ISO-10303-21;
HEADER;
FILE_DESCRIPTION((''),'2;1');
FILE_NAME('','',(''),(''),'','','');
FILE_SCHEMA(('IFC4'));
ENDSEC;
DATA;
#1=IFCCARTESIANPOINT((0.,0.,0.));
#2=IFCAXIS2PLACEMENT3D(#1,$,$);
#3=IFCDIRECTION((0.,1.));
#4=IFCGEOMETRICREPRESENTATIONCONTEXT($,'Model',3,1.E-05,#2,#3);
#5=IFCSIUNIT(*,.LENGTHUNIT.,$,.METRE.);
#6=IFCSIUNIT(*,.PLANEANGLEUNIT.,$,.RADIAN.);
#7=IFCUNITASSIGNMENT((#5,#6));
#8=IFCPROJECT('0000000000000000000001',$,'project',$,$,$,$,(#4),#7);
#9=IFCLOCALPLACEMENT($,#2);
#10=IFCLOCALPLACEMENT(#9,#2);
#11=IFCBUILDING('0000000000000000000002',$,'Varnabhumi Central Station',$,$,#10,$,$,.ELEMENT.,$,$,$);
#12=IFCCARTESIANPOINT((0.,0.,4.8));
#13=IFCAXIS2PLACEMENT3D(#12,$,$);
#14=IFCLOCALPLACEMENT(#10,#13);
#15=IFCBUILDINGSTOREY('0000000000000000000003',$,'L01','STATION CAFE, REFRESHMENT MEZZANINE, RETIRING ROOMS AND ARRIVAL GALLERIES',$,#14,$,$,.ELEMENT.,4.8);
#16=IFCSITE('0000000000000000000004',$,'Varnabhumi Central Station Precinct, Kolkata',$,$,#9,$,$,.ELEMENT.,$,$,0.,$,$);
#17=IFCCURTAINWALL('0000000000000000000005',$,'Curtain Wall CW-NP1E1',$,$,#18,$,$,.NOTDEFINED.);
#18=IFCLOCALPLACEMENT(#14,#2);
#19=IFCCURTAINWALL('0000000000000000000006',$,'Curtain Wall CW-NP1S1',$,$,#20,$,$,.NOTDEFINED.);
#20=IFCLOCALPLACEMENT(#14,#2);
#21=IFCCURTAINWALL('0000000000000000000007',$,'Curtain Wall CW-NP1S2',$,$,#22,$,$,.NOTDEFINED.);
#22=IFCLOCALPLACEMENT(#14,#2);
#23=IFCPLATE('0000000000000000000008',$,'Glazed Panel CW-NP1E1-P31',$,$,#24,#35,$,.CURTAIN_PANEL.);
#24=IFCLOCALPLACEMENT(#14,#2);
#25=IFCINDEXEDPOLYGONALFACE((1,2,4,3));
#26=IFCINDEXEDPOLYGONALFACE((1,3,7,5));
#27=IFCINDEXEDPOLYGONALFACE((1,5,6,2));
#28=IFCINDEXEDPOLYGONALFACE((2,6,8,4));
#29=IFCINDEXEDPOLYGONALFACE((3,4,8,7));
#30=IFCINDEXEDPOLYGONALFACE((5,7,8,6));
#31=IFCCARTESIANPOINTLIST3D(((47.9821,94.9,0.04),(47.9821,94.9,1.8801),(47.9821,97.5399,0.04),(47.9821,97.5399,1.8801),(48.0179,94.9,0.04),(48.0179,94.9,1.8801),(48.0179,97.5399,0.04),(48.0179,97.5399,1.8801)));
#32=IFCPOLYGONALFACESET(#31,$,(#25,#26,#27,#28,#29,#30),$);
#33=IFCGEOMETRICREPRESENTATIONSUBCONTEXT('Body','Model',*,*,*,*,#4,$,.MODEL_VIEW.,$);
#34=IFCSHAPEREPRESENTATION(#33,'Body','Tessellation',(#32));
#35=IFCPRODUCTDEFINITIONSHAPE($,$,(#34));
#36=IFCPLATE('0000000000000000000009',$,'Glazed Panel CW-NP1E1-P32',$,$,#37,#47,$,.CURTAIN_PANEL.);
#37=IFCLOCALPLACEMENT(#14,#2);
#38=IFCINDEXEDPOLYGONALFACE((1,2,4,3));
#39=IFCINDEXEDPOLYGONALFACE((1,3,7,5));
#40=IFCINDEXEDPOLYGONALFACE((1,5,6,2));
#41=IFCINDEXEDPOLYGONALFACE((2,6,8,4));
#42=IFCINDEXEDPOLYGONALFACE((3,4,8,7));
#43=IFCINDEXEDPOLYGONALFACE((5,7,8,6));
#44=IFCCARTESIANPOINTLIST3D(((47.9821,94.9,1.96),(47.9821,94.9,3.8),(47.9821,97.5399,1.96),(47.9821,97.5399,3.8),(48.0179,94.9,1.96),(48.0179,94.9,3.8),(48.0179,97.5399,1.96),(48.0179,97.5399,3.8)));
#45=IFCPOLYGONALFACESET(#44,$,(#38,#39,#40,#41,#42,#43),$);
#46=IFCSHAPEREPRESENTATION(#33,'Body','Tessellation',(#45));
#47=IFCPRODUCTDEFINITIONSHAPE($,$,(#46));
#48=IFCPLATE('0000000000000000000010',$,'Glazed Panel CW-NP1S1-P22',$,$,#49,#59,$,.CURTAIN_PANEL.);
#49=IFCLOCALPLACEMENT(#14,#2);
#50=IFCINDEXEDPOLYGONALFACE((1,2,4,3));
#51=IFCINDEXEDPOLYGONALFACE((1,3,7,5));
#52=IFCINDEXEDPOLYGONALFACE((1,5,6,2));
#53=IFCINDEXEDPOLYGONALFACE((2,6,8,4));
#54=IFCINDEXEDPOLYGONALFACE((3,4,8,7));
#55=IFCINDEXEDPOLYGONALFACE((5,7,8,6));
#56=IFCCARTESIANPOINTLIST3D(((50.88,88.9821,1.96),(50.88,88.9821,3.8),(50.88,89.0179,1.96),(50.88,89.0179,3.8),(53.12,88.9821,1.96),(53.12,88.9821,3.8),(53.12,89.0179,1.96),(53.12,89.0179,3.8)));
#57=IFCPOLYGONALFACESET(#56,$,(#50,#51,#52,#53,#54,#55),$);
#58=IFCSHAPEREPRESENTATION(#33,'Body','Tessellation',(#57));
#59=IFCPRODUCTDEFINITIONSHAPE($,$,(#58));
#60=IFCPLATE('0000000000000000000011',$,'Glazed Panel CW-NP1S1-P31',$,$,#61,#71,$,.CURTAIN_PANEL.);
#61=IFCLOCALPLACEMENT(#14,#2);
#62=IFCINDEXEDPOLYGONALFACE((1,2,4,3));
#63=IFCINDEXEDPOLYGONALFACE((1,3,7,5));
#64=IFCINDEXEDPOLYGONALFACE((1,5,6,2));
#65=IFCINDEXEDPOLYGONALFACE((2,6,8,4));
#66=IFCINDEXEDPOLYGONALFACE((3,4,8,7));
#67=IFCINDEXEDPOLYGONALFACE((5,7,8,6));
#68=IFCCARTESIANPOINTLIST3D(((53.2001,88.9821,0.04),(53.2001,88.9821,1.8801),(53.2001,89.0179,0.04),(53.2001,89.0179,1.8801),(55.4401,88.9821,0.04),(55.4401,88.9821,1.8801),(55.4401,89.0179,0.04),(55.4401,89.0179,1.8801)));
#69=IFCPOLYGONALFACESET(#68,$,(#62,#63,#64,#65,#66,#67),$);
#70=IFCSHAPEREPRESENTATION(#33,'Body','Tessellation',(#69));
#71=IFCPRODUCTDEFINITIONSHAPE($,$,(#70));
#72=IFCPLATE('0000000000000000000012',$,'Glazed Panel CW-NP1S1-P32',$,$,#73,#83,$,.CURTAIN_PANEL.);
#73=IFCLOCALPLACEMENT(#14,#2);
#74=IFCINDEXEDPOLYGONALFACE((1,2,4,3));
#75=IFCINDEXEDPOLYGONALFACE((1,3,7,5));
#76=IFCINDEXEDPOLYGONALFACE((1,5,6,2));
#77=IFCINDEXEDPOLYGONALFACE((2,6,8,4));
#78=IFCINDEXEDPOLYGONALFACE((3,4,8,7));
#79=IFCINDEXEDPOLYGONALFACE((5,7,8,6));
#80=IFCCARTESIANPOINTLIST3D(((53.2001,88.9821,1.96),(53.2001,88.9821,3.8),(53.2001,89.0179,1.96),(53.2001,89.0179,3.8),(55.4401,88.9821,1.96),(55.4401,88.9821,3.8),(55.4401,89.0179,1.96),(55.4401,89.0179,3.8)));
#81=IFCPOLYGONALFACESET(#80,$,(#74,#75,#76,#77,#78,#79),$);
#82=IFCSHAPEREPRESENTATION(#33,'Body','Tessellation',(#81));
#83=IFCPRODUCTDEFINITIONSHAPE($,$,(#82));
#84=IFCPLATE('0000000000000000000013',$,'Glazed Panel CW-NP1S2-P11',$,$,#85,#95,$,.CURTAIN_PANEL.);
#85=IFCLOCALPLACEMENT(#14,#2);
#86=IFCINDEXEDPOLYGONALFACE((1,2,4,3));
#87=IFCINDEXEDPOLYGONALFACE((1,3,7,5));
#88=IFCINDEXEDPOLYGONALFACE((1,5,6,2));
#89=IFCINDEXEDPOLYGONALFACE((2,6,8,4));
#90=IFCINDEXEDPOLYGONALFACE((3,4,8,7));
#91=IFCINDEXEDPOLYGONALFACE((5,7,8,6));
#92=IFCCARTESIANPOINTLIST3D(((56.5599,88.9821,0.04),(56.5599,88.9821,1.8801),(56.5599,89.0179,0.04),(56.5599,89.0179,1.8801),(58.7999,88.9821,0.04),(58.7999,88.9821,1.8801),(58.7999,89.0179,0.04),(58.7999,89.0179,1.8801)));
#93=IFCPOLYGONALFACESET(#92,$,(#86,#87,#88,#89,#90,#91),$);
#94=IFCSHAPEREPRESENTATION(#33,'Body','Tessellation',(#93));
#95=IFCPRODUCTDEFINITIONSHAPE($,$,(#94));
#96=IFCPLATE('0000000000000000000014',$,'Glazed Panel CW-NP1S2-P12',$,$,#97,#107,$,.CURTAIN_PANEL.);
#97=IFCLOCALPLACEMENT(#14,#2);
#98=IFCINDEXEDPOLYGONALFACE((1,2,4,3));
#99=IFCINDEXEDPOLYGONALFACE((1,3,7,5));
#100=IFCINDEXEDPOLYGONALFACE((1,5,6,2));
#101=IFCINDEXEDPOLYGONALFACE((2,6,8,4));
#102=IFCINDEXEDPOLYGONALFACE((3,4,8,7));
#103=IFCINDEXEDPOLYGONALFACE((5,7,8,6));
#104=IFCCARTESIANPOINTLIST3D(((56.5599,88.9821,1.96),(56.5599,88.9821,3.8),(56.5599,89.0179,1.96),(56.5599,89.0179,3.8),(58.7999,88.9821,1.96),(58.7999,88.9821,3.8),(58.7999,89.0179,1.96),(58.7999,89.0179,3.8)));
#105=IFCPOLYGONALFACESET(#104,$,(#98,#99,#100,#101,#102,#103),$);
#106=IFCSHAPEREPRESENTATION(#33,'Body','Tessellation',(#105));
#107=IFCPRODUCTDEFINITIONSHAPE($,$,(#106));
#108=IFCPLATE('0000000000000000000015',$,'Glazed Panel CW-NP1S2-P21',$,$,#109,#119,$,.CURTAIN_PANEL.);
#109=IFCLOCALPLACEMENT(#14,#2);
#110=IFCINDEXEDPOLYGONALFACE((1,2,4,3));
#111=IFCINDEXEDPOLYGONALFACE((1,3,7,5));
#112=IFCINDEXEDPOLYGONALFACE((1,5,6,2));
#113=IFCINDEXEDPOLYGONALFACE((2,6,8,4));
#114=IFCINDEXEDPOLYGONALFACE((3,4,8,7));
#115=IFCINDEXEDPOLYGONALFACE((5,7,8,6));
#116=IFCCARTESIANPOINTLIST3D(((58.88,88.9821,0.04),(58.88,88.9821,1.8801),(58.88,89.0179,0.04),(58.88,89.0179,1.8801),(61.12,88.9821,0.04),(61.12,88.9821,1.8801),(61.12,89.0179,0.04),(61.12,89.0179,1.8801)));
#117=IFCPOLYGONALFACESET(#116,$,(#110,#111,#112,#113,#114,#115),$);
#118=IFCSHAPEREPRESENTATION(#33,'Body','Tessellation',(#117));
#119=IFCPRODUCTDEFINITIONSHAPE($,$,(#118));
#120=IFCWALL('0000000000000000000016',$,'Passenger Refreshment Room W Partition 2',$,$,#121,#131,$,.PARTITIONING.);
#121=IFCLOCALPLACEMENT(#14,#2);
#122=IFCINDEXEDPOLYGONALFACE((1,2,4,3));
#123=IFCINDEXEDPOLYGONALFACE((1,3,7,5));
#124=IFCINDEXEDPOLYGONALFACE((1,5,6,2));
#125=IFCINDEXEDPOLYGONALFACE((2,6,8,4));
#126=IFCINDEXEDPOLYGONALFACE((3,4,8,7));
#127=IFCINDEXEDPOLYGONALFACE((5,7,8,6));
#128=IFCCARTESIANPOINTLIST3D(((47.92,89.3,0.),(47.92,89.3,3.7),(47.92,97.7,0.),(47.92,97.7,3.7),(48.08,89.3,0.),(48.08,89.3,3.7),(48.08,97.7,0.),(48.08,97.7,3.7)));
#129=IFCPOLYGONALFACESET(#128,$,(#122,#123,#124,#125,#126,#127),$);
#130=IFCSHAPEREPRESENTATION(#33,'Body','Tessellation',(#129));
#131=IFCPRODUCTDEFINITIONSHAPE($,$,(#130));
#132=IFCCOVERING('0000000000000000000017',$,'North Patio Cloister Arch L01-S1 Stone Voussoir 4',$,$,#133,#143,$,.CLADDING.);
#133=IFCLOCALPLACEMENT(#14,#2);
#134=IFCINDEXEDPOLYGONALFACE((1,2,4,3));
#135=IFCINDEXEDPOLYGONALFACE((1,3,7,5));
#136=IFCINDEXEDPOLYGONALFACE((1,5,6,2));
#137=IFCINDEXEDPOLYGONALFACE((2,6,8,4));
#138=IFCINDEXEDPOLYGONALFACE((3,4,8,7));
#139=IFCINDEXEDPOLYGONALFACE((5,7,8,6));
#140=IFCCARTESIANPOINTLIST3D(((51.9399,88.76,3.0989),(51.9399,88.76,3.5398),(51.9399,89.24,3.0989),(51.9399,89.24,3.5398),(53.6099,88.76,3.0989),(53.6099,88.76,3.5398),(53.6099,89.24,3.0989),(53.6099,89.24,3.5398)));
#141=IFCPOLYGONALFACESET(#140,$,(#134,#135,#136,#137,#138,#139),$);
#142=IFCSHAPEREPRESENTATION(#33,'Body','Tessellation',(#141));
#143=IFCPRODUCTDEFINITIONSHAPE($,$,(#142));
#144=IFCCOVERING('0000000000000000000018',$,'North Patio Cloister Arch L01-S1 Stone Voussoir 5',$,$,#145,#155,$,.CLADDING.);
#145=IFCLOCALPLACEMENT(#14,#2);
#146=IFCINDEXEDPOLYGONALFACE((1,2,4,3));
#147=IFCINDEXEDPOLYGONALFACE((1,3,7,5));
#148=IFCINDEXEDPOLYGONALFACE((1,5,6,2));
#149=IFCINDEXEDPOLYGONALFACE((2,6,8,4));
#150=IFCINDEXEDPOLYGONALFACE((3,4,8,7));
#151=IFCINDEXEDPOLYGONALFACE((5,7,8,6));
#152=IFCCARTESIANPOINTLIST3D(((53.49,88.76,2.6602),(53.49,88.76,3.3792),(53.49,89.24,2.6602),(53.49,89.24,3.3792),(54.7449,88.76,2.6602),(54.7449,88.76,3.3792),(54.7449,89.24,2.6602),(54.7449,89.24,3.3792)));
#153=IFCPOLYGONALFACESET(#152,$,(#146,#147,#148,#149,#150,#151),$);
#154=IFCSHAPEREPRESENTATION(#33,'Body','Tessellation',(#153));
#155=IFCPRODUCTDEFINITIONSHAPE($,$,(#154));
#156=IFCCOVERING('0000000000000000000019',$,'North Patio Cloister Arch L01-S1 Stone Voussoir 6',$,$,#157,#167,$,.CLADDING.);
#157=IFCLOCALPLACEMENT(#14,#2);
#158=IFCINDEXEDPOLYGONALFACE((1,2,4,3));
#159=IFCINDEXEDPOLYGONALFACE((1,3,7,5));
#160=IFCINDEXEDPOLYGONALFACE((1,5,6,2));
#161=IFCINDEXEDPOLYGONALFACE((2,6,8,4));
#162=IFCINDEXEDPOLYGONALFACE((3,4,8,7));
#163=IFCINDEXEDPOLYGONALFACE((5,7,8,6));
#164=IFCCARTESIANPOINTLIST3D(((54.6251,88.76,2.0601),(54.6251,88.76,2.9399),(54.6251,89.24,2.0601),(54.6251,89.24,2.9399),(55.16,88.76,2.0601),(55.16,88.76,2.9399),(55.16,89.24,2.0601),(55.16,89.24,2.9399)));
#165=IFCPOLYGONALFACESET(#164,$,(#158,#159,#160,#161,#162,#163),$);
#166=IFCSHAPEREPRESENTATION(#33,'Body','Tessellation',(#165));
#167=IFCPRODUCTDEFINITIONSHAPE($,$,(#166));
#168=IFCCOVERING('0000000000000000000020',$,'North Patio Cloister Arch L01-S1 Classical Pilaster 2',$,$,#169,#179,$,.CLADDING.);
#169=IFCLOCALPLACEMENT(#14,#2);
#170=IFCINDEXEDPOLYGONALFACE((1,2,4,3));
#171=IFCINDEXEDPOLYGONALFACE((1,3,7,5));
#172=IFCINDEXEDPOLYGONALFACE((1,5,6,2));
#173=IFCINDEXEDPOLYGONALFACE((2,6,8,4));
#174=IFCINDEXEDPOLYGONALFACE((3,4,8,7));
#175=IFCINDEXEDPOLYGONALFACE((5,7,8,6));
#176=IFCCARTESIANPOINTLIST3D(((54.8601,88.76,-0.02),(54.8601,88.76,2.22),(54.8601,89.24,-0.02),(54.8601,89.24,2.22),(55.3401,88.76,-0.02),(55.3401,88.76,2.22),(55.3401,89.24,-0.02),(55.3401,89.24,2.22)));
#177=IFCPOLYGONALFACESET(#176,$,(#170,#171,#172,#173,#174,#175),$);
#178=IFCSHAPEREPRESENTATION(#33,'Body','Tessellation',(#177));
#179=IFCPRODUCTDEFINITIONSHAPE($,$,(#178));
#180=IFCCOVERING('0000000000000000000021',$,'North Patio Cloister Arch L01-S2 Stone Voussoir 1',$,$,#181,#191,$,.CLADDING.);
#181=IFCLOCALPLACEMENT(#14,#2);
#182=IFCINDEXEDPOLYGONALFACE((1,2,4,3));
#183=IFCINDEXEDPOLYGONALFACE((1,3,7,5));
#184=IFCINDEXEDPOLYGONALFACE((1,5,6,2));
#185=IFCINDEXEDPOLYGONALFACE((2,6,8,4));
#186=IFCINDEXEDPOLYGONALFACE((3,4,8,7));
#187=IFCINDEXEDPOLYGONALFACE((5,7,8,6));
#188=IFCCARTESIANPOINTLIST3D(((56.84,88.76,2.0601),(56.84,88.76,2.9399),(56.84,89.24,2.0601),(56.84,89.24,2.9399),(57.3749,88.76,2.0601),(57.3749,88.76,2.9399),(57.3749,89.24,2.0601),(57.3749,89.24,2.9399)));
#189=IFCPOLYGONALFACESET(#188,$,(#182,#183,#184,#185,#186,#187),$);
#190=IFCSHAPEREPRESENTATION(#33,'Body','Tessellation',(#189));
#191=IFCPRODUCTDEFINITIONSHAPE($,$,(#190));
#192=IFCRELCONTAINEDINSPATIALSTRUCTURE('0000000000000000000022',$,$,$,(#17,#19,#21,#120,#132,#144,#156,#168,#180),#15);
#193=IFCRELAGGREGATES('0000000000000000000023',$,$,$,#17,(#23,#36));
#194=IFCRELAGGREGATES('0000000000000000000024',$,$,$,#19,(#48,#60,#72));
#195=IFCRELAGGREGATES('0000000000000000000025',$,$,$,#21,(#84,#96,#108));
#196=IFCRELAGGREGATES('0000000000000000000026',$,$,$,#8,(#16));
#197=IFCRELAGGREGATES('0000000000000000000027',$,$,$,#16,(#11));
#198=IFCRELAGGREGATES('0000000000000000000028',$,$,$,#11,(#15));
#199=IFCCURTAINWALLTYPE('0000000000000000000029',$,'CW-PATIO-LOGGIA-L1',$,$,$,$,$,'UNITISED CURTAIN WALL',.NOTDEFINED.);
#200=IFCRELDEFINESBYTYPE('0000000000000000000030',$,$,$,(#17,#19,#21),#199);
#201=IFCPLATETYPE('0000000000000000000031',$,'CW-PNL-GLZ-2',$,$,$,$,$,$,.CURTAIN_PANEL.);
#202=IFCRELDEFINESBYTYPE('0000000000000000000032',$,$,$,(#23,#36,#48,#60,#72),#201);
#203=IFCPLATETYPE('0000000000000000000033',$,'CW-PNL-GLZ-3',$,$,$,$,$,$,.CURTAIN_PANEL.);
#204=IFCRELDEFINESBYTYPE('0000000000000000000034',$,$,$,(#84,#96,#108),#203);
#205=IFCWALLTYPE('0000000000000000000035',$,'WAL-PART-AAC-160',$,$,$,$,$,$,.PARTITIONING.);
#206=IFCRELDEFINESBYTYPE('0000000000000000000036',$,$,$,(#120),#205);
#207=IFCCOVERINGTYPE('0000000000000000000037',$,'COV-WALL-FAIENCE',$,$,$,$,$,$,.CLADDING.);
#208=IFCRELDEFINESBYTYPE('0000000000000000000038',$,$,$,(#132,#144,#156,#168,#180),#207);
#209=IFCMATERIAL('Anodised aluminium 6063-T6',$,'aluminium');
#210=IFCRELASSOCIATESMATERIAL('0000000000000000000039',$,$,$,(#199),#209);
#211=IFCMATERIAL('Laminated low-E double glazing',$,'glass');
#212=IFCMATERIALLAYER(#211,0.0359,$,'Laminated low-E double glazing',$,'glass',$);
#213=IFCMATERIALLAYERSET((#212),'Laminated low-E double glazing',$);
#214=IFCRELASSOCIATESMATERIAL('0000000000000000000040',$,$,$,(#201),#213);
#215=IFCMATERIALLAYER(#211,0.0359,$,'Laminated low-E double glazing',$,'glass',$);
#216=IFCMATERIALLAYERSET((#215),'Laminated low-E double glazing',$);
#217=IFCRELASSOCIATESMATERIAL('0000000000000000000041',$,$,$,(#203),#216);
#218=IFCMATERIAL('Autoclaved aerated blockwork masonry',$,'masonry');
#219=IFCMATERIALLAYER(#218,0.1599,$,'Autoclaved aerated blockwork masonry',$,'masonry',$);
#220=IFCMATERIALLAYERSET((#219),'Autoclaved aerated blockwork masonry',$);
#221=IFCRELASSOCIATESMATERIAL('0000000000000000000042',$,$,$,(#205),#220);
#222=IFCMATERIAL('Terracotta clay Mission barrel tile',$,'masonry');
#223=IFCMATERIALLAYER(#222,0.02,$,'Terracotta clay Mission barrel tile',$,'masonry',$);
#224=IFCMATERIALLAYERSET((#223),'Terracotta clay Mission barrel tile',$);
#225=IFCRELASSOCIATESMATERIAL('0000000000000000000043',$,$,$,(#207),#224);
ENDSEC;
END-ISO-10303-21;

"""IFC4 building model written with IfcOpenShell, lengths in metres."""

from ifc_helpers import new_model, si_unit, direction, frame, frame_2d, origin, origin_2d, place, context, subcontext, project, spatial, rectangle, extrude, material, layer, layer_set, type_object, element, aggregate, save


model = new_model("IFC4")

# Units and contexts
model_context = context("Model", 3, precision=1e-05, world=origin(), true_north=direction((0.0, 1.0)))
body_context = subcontext(model_context, "Body", "Model", "MODEL_VIEW")
ifc_project = project(units=[si_unit("LENGTHUNIT", "METRE"), si_unit("PLANEANGLEUNIT", "RADIAN")], contexts=[model_context])

# Site, building, storey
site_placement = place(None, origin())
site = spatial("IfcSite", under=ifc_project, at=site_placement, Name="Varnabhumi Central Station Precinct, Kolkata", CompositionType="ELEMENT", RefElevation=0.0)
building_placement = place(site_placement, origin())
building = spatial("IfcBuilding", under=site, at=building_placement, Name="Varnabhumi Central Station", CompositionType="ELEMENT")
storey_placement = place(building_placement, frame((0.0, 0.0, 4.8)))
storey = spatial("IfcBuildingStorey", under=building, at=storey_placement, Name="L01", Description="STATION CAFE, REFRESHMENT MEZZANINE, RETIRING ROOMS AND ARRIVAL GALLERIES", CompositionType="ELEMENT", Elevation=4.8)

# Curtain wall
ifc_material_1 = material(Name="Anodised aluminium 6063-T6", Category="aluminium")
curtain_wall_type = type_object("IfcCurtainWallType", Name="CW-PATIO-LOGGIA-L1", ElementType="UNITISED CURTAIN WALL", PredefinedType="NOTDEFINED", material=ifc_material_1)
curtain_wall_1_placement = place(storey_placement, origin())
curtain_wall_1 = element("IfcCurtainWall", 1, at=curtain_wall_1_placement, inside=storey, type_object=curtain_wall_type, Name="Curtain Wall CW-NP1E1", PredefinedType="NOTDEFINED")

# Curtain walls
curtain_wall_2_placement = place(storey_placement, origin())
curtain_wall_2 = element("IfcCurtainWall", 2, at=curtain_wall_2_placement, inside=storey, type_object=curtain_wall_type, Name="Curtain Wall CW-NP1S1", PredefinedType="NOTDEFINED")
curtain_wall_3_placement = place(storey_placement, origin())
curtain_wall_3 = element("IfcCurtainWall", 3, at=curtain_wall_3_placement, inside=storey, type_object=curtain_wall_type, Name="Curtain Wall CW-NP1S2", PredefinedType="NOTDEFINED")

# Plates
ifc_material_2 = material(Name="Laminated low-E double glazing", Category="glass")
ifc_layer_1 = layer(ifc_material_2, 0.0359, Name="Laminated low-E double glazing", Category="glass")
ifc_layer_set_1 = layer_set([ifc_layer_1], Name="Laminated low-E double glazing")
plate_type_1 = type_object("IfcPlateType", Name="CW-PNL-GLZ-2", PredefinedType="CURTAIN_PANEL", material=ifc_layer_set_1)
plate_1_placement = place(storey_placement, frame((48.0, 96.22, 0.04), z_axis=(0.0, 0.0, 1.0), x_axis=(0.0, 1.0, 0.0)))
plate_1 = element("IfcPlate", 4, at=plate_1_placement, type_object=plate_type_1, Name="Glazed Panel CW-NP1E1-P31", PredefinedType="CURTAIN_PANEL", context=body_context, shape_type="SweptSolid", body=[
    extrude(rectangle(XDim=2.6399, YDim=0.0359, at=origin_2d()), origin(), (0.0, 0.0, 1.0), 1.8401),
])
plate_2_placement = place(storey_placement, frame((48.0, 96.22, 1.96), z_axis=(0.0, 0.0, 1.0), x_axis=(0.0, 1.0, 0.0)))
plate_2 = element("IfcPlate", 5, at=plate_2_placement, type_object=plate_type_1, Name="Glazed Panel CW-NP1E1-P32", PredefinedType="CURTAIN_PANEL", context=body_context, shape_type="SweptSolid", body=[
    extrude(rectangle(XDim=2.6399, YDim=0.0359, at=origin_2d()), origin(), (0.0, 0.0, 1.0), 1.8401),
])
aggregate(curtain_wall_1, [plate_1, plate_2])
plate_3_placement = place(storey_placement, frame((52.0, 89.0, 1.96), z_axis=(0.0, 0.0, 1.0), x_axis=(1.0, 0.0, 0.0)))
plate_3 = element("IfcPlate", 6, at=plate_3_placement, type_object=plate_type_1, Name="Glazed Panel CW-NP1S1-P22", PredefinedType="CURTAIN_PANEL", context=body_context, shape_type="SweptSolid", body=[
    extrude(rectangle(XDim=2.24, YDim=0.0359, at=origin_2d()), origin(), (0.0, 0.0, 1.0), 1.8401),
])
plate_4_placement = place(storey_placement, frame((54.3201, 89.0, 0.04), z_axis=(0.0, 0.0, 1.0), x_axis=(1.0, 0.0, 0.0)))
plate_4 = element("IfcPlate", 7, at=plate_4_placement, type_object=plate_type_1, Name="Glazed Panel CW-NP1S1-P31", PredefinedType="CURTAIN_PANEL", context=body_context, shape_type="SweptSolid", body=[
    extrude(rectangle(XDim=2.24, YDim=0.0359, at=origin_2d()), origin(), (0.0, 0.0, 1.0), 1.8401),
])
plate_5_placement = place(storey_placement, frame((54.3201, 89.0, 1.96), z_axis=(0.0, 0.0, 1.0), x_axis=(1.0, 0.0, 0.0)))
plate_5 = element("IfcPlate", 8, at=plate_5_placement, type_object=plate_type_1, Name="Glazed Panel CW-NP1S1-P32", PredefinedType="CURTAIN_PANEL", context=body_context, shape_type="SweptSolid", body=[
    extrude(rectangle(XDim=2.24, YDim=0.0359, at=origin_2d()), origin(), (0.0, 0.0, 1.0), 1.8401),
])
aggregate(curtain_wall_2, [plate_3, plate_4, plate_5])
ifc_layer_2 = layer(ifc_material_2, 0.0359, Name="Laminated low-E double glazing", Category="glass")
ifc_layer_set_2 = layer_set([ifc_layer_2], Name="Laminated low-E double glazing")
plate_type_2 = type_object("IfcPlateType", Name="CW-PNL-GLZ-3", PredefinedType="CURTAIN_PANEL", material=ifc_layer_set_2)
plate_6_placement = place(storey_placement, frame((57.6799, 89.0, 0.04), z_axis=(0.0, 0.0, 1.0), x_axis=(1.0, 0.0, 0.0)))
plate_6 = element("IfcPlate", 9, at=plate_6_placement, type_object=plate_type_2, Name="Glazed Panel CW-NP1S2-P11", PredefinedType="CURTAIN_PANEL", context=body_context, shape_type="SweptSolid", body=[
    extrude(rectangle(XDim=2.24, YDim=0.0359, at=origin_2d()), origin(), (0.0, 0.0, 1.0), 1.8401),
])
plate_7_placement = place(storey_placement, frame((57.6799, 89.0, 1.96), z_axis=(0.0, 0.0, 1.0), x_axis=(1.0, 0.0, 0.0)))
plate_7 = element("IfcPlate", 10, at=plate_7_placement, type_object=plate_type_2, Name="Glazed Panel CW-NP1S2-P12", PredefinedType="CURTAIN_PANEL", context=body_context, shape_type="SweptSolid", body=[
    extrude(rectangle(XDim=2.24, YDim=0.0359, at=origin_2d()), origin(), (0.0, 0.0, 1.0), 1.8401),
])
plate_8_placement = place(storey_placement, frame((60.0, 89.0, 0.04), z_axis=(0.0, 0.0, 1.0), x_axis=(1.0, 0.0, 0.0)))
plate_8 = element("IfcPlate", 11, at=plate_8_placement, type_object=plate_type_2, Name="Glazed Panel CW-NP1S2-P21", PredefinedType="CURTAIN_PANEL", context=body_context, shape_type="SweptSolid", body=[
    extrude(rectangle(XDim=2.24, YDim=0.0359, at=origin_2d()), origin(), (0.0, 0.0, 1.0), 1.8401),
])
aggregate(curtain_wall_3, [plate_6, plate_7, plate_8])

# Wall
ifc_material_3 = material(Name="Autoclaved aerated blockwork masonry", Category="masonry")
ifc_layer_3 = layer(ifc_material_3, 0.1599, Name="Autoclaved aerated blockwork masonry", Category="masonry")
ifc_layer_set_3 = layer_set([ifc_layer_3], Name="Autoclaved aerated blockwork masonry")
wall_type = type_object("IfcWallType", Name="WAL-PART-AAC-160", PredefinedType="PARTITIONING", material=ifc_layer_set_3)
wall_placement = place(storey_placement, frame((48.0, 89.3, 0.0), z_axis=(0.0, 0.0, 1.0), x_axis=(0.0, 1.0, 0.0)))
element("IfcWall", 12, at=wall_placement, inside=storey, type_object=wall_type, Name="Passenger Refreshment Room W Partition 2", PredefinedType="PARTITIONING", context=body_context, shape_type="SweptSolid", body=[
    extrude(rectangle(XDim=8.3999, YDim=0.1599, at=frame_2d((4.2, 0.0))), origin(), (0.0, 0.0, 1.0), 3.7),
])

# Coverings
ifc_material_4 = material(Name="Terracotta clay Mission barrel tile", Category="masonry")
ifc_layer_4 = layer(ifc_material_4, 0.02, Name="Terracotta clay Mission barrel tile", Category="masonry")
ifc_layer_set_4 = layer_set([ifc_layer_4], Name="Terracotta clay Mission barrel tile")
covering_type = type_object("IfcCoveringType", Name="COV-WALL-FAIENCE", PredefinedType="CLADDING", material=ifc_layer_set_4)
covering_1_placement = place(storey_placement, frame((52.7749, 89.0, 3.0989), z_axis=(0.0, 0.0, 1.0), x_axis=(1.0, 0.0, 0.0)))
element("IfcCovering", 13, at=covering_1_placement, inside=storey, type_object=covering_type, Name="North Patio Cloister Arch L01-S1 Stone Voussoir 4", PredefinedType="CLADDING", context=body_context, shape_type="SweptSolid", body=[
    extrude(rectangle(XDim=1.6699, YDim=0.48, at=origin_2d()), origin(), (0.0, 0.0, 1.0), 0.4409),
])
covering_2_placement = place(storey_placement, frame((54.1174, 89.0, 2.6602), z_axis=(0.0, 0.0, 1.0), x_axis=(1.0, 0.0, 0.0)))
element("IfcCovering", 14, at=covering_2_placement, inside=storey, type_object=covering_type, Name="North Patio Cloister Arch L01-S1 Stone Voussoir 5", PredefinedType="CLADDING", context=body_context, shape_type="SweptSolid", body=[
    extrude(rectangle(XDim=1.2549, YDim=0.48, at=origin_2d()), origin(), (0.0, 0.0, 1.0), 0.719),
])
covering_3_placement = place(storey_placement, frame((54.8926, 89.0, 2.0601), z_axis=(0.0, 0.0, 1.0), x_axis=(1.0, 0.0, 0.0)))
element("IfcCovering", 15, at=covering_3_placement, inside=storey, type_object=covering_type, Name="North Patio Cloister Arch L01-S1 Stone Voussoir 6", PredefinedType="CLADDING", context=body_context, shape_type="SweptSolid", body=[
    extrude(rectangle(XDim=0.5349, YDim=0.48, at=origin_2d()), origin(), (0.0, 0.0, 1.0), 0.8799),
])
covering_4_placement = place(storey_placement, frame((55.1001, 89.0, -0.02), z_axis=(0.0, 0.0, 1.0), x_axis=(1.0, 0.0, 0.0)))
element("IfcCovering", 16, at=covering_4_placement, inside=storey, type_object=covering_type, Name="North Patio Cloister Arch L01-S1 Classical Pilaster 2", PredefinedType="CLADDING", context=body_context, shape_type="SweptSolid", body=[
    extrude(rectangle(XDim=0.48, YDim=0.48, at=origin_2d()), origin(), (0.0, 0.0, 1.0), 2.24),
])
covering_5_placement = place(storey_placement, frame((57.1074, 89.0, 2.0601), z_axis=(0.0, 0.0, 1.0), x_axis=(1.0, 0.0, 0.0)))
element("IfcCovering", 17, at=covering_5_placement, inside=storey, type_object=covering_type, Name="North Patio Cloister Arch L01-S2 Stone Voussoir 1", PredefinedType="CLADDING", context=body_context, shape_type="SweptSolid", body=[
    extrude(rectangle(XDim=0.5349, YDim=0.48, at=origin_2d()), origin(), (0.0, 0.0, 1.0), 0.8799),
])

save(model, "model.ifc")
